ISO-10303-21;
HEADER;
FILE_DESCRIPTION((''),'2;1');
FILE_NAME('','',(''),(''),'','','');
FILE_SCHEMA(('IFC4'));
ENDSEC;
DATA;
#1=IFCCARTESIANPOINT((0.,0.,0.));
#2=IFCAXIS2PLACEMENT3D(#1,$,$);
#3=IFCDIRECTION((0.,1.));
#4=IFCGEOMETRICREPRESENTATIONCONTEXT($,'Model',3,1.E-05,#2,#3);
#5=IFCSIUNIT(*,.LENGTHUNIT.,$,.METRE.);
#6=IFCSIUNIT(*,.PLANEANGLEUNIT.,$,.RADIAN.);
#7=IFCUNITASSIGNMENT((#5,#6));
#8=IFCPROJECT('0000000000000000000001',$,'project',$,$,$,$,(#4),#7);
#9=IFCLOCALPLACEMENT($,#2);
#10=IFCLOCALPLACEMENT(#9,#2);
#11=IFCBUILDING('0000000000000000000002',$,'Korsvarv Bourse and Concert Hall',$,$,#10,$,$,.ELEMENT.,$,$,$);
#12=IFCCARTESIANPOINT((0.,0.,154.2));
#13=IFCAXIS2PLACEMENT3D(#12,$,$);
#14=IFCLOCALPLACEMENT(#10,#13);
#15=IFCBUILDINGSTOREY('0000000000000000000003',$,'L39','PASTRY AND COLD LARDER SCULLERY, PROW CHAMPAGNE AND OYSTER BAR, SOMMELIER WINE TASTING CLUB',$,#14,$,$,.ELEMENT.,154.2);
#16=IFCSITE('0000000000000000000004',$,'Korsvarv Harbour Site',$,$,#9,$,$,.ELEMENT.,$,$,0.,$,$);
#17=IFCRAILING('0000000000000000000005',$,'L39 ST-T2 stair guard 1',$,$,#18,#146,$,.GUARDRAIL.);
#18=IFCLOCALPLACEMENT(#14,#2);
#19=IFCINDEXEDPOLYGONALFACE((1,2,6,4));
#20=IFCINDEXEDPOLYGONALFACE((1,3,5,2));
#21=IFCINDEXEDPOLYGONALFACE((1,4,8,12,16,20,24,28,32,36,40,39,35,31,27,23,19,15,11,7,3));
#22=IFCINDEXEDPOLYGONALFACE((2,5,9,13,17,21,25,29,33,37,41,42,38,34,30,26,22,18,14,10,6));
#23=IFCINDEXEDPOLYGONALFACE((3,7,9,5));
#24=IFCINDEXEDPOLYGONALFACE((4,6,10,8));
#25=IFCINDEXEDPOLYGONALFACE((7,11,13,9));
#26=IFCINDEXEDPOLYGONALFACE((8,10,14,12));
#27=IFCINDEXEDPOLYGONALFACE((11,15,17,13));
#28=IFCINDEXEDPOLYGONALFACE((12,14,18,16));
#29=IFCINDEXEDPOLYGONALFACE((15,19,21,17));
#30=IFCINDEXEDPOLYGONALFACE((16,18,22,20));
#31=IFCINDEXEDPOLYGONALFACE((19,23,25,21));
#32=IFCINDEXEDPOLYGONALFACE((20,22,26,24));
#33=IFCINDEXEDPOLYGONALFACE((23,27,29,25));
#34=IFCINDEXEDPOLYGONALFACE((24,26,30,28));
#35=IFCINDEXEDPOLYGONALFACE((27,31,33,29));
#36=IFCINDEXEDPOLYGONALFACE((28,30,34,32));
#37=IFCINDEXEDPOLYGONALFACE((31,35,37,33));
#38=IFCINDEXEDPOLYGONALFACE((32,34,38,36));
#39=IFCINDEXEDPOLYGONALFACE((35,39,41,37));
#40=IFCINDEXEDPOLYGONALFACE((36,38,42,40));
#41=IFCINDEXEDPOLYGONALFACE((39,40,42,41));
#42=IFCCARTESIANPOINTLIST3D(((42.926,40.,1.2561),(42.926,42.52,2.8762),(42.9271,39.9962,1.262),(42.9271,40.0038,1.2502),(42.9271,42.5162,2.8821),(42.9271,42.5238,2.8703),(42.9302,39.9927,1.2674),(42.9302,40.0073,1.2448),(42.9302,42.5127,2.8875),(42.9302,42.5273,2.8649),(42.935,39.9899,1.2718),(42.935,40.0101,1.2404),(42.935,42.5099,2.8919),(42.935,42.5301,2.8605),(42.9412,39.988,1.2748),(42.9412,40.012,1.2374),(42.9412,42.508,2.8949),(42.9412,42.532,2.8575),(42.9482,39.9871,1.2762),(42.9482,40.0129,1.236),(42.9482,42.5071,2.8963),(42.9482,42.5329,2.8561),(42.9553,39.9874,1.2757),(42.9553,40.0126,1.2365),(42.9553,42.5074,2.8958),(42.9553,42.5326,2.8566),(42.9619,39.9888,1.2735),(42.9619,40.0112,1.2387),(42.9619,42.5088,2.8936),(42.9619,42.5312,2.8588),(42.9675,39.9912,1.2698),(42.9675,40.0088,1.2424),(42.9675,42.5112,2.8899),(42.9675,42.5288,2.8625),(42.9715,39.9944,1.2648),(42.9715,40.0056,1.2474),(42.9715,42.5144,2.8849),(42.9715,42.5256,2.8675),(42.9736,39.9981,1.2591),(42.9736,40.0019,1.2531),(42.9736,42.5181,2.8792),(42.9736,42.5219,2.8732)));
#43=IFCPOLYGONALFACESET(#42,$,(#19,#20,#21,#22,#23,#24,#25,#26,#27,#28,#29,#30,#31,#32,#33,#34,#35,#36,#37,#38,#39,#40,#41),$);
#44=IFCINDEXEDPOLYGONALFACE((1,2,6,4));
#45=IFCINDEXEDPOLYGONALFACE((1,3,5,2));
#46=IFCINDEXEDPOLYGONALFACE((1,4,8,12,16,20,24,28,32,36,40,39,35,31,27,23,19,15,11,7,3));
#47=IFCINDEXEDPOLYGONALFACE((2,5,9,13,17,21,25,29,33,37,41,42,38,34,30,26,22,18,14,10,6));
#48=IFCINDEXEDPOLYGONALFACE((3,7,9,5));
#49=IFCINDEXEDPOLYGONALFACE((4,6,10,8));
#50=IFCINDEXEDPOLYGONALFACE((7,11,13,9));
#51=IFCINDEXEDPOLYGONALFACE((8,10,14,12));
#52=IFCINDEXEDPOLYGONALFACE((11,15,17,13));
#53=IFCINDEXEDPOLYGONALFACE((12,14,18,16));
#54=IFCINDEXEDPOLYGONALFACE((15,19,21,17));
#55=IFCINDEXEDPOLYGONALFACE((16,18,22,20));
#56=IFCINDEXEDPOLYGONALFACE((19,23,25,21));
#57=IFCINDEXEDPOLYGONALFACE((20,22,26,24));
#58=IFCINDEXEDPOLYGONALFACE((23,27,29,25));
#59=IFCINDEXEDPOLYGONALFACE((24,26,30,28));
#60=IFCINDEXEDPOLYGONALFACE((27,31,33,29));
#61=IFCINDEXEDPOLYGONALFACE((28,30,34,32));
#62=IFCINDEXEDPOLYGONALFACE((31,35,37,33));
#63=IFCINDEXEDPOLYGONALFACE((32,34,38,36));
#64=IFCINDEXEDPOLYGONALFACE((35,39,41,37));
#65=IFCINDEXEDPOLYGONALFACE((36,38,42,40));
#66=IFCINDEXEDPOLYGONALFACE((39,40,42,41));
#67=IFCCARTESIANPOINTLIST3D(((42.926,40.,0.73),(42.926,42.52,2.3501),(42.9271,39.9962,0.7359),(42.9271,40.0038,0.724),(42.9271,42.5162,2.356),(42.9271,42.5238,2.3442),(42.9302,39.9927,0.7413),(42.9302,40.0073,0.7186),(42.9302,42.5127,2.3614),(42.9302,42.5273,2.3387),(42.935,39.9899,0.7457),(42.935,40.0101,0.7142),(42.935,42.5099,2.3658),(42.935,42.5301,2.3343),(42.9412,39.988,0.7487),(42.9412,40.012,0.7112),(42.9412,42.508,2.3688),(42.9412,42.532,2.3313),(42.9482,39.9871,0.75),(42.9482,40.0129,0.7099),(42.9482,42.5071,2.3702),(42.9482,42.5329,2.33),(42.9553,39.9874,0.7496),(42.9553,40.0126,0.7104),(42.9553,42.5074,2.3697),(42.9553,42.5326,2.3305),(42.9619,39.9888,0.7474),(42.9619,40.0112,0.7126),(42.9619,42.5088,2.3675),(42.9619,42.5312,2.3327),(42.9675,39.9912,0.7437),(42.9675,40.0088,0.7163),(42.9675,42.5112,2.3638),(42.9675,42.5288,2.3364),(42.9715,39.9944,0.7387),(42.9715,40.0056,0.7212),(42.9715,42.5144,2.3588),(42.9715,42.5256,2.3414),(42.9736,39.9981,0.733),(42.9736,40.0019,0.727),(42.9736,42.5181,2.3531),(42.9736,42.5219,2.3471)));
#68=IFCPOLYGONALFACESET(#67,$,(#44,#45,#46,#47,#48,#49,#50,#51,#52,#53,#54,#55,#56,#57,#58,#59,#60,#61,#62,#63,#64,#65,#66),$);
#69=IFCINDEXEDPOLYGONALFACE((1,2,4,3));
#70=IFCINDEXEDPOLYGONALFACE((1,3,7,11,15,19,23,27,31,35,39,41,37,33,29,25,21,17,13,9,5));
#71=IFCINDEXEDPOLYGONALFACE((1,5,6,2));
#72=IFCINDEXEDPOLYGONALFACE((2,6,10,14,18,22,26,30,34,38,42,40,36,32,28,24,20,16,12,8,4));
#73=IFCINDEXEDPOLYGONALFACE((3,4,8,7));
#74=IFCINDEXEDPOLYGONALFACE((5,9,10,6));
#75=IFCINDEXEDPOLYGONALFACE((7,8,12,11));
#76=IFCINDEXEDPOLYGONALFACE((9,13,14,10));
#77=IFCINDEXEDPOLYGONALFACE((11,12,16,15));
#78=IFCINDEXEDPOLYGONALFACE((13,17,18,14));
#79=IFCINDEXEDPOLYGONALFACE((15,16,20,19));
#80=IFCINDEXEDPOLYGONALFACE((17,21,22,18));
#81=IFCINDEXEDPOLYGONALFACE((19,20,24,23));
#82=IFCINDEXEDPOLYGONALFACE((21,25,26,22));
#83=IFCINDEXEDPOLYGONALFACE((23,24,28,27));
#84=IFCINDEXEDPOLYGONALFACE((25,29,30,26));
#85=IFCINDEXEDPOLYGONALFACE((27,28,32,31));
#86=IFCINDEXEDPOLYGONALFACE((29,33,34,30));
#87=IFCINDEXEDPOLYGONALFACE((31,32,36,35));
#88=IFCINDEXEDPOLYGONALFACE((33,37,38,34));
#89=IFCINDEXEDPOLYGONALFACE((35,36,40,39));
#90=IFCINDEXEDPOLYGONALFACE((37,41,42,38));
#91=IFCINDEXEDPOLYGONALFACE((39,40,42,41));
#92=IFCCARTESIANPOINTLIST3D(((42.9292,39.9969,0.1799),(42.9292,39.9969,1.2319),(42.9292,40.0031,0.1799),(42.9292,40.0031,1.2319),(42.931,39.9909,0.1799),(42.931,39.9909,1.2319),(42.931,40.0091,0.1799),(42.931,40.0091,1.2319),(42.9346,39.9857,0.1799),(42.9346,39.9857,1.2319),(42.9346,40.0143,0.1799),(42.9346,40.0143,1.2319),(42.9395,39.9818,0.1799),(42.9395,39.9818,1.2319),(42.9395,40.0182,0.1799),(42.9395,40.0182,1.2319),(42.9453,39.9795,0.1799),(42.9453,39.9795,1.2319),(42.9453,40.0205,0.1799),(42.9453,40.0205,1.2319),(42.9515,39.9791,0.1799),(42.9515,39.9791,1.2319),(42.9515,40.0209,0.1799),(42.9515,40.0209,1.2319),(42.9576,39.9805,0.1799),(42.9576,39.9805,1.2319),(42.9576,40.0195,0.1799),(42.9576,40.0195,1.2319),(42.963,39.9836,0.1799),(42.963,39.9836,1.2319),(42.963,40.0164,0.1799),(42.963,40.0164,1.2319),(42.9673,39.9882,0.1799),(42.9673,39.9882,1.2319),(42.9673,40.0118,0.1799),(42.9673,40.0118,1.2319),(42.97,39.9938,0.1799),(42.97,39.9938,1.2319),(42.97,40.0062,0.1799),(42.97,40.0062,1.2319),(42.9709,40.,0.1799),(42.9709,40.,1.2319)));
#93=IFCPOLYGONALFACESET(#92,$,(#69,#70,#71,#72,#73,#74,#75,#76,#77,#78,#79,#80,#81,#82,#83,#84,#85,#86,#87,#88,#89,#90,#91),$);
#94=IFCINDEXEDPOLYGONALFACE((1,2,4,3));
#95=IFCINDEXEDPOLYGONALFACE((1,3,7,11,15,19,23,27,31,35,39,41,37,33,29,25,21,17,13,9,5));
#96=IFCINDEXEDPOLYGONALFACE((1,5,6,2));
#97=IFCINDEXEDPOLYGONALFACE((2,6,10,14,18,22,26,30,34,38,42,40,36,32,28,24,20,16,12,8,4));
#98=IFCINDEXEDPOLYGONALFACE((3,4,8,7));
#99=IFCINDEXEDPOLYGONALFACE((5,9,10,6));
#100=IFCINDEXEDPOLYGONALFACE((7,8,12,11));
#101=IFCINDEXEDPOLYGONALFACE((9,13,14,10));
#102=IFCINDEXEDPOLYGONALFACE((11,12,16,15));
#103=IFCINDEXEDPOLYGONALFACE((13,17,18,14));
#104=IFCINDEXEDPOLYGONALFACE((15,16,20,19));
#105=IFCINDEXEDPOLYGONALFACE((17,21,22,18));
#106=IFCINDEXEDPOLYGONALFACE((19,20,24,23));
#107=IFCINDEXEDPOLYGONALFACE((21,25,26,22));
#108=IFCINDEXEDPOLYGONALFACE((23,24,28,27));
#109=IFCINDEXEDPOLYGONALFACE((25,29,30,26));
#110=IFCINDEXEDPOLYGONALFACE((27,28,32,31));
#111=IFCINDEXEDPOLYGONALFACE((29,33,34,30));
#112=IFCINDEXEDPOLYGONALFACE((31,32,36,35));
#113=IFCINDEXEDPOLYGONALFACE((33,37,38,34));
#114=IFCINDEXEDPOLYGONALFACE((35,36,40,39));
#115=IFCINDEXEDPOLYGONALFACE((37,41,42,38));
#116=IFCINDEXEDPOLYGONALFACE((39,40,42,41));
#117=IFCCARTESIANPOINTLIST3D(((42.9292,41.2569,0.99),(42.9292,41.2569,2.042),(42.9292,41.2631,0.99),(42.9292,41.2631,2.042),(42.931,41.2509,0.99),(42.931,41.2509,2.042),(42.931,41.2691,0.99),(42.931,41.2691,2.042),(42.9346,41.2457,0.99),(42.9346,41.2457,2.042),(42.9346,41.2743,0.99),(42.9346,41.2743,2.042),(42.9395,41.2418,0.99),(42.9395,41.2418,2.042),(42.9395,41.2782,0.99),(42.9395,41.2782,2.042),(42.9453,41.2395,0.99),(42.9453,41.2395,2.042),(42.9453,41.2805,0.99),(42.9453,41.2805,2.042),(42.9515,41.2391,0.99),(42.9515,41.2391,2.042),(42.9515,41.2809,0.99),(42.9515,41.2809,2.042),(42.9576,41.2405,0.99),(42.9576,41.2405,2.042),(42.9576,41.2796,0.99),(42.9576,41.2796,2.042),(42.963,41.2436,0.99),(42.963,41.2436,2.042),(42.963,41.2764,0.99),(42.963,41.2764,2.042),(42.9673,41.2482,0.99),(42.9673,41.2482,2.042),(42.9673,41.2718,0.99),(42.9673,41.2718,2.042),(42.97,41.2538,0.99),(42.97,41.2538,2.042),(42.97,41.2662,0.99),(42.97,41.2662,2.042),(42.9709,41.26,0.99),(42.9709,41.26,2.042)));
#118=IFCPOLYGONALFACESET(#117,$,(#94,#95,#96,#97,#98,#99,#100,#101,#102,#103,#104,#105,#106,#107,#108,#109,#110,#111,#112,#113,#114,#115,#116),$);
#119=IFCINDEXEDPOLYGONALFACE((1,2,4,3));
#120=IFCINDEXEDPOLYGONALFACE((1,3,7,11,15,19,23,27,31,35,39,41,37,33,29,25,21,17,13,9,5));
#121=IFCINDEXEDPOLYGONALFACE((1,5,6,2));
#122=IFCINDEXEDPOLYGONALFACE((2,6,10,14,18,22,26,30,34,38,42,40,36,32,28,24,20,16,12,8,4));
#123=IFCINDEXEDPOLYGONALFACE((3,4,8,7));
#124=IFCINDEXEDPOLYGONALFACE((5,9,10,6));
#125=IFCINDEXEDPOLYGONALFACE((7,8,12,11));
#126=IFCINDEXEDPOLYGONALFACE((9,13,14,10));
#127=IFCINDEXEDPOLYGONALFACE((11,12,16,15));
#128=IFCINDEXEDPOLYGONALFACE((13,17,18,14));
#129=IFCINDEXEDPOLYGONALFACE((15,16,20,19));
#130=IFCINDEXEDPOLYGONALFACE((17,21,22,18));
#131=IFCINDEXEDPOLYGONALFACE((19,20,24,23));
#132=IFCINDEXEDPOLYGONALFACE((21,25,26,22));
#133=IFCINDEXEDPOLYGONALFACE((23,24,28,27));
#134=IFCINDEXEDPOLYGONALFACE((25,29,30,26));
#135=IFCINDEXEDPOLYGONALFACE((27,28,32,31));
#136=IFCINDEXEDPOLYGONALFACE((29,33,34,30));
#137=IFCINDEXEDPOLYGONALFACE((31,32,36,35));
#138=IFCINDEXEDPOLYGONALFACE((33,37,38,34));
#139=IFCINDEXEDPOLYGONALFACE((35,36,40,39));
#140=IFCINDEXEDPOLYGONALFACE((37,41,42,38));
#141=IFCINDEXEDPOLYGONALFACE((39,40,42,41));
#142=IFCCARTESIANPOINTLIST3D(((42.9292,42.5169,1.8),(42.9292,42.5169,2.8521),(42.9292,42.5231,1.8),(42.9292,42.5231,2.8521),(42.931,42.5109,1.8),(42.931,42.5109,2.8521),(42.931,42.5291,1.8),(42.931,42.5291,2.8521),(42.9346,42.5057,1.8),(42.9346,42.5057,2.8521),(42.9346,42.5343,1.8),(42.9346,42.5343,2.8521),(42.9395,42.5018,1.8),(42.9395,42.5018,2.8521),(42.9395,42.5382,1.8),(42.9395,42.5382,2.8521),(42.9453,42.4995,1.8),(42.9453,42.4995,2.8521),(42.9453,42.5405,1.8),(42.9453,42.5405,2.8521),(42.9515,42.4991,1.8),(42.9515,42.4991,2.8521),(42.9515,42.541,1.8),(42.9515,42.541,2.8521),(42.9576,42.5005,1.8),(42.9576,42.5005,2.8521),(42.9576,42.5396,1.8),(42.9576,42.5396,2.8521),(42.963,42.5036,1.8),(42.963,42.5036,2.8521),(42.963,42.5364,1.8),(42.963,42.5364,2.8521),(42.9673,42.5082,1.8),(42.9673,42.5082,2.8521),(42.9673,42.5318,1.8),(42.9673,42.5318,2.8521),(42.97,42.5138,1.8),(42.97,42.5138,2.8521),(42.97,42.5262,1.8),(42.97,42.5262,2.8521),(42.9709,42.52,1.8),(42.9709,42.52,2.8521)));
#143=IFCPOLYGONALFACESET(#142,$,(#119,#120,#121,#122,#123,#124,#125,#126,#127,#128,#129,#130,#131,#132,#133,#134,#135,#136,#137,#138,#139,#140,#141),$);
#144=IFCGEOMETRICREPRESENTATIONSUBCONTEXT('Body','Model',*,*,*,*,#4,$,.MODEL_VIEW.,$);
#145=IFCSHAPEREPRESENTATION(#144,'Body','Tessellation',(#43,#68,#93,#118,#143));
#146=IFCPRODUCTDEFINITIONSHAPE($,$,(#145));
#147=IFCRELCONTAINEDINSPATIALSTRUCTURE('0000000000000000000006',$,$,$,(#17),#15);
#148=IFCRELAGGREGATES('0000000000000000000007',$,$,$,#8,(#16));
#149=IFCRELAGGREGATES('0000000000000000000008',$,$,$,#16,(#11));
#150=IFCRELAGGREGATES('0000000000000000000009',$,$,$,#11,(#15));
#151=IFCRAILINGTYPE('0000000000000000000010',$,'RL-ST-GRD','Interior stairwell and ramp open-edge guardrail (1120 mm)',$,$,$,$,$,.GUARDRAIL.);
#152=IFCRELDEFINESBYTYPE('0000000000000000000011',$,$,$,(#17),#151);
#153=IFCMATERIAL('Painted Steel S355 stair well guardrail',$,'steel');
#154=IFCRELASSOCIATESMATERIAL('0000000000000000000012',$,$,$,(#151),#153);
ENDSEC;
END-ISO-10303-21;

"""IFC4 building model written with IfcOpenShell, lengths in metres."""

from ifc_helpers import new_model, si_unit, direction, frame, origin, origin_2d, place, context, subcontext, project, spatial, circle, extrude, material, type_object, element, save


model = new_model("IFC4")

# Units and contexts
model_context = context("Model", 3, precision=1e-05, world=origin(), true_north=direction((0.0, 1.0)))
body_context = subcontext(model_context, "Body", "Model", "MODEL_VIEW")
ifc_project = project(units=[si_unit("LENGTHUNIT", "METRE"), si_unit("PLANEANGLEUNIT", "RADIAN")], contexts=[model_context])

# Site, building, storey
site_placement = place(None, origin())
site = spatial("IfcSite", under=ifc_project, at=site_placement, Name="Korsvarv Harbour Site", CompositionType="ELEMENT", RefElevation=0.0)
building_placement = place(site_placement, origin())
building = spatial("IfcBuilding", under=site, at=building_placement, Name="Korsvarv Bourse and Concert Hall", CompositionType="ELEMENT")
storey_placement = place(building_placement, frame((0.0, 0.0, 154.2)))
storey = spatial("IfcBuildingStorey", under=building, at=storey_placement, Name="L39", Description="PASTRY AND COLD LARDER SCULLERY, PROW CHAMPAGNE AND OYSTER BAR, SOMMELIER WINE TASTING CLUB", CompositionType="ELEMENT", Elevation=154.2)

# Railing
ifc_material_1 = material(Name="Painted Steel S355 stair well guardrail", Category="steel")
railing_type = type_object("IfcRailingType", Name="RL-ST-GRD", Description="Interior stairwell and ramp open-edge guardrail (1120 mm)", PredefinedType="GUARDRAIL", material=ifc_material_1)
railing_1_placement = place(storey_placement, frame((42.95, 40.0, 0.1799)))
element("IfcRailing", 1, at=railing_1_placement, inside=storey, type_object=railing_type, Name="L39 ST-T2 stair guard 1", PredefinedType="GUARDRAIL", context=body_context, shape_type="SweptSolid", body=[
    extrude(circle(Radius=0.0239, at=origin_2d()), frame((0.0, 0.0, 1.0762), z_axis=(0.0, 0.841163, 0.540782), x_axis=(-1.0, 0.0, 0.0)), (0.0, 0.0, 1.0), 2.9958),
    extrude(circle(Radius=0.0239, at=origin_2d()), frame((0.0, 0.0, 0.55), z_axis=(0.0, 0.841163, 0.540782), x_axis=(-1.0, 0.0, 0.0)), (0.0, 0.0, 1.0), 2.9958),
    extrude(circle(Radius=0.021, at=origin_2d()), origin(), (0.0, 0.0, 1.0), 1.052),
    extrude(circle(Radius=0.021, at=origin_2d()), frame((0.0, 1.26, 0.8101)), (0.0, 0.0, 1.0), 1.052),
    extrude(circle(Radius=0.021, at=origin_2d()), frame((0.0, 2.52, 1.6201)), (0.0, 0.0, 1.0), 1.052),
])

save(model, "model.ifc")
